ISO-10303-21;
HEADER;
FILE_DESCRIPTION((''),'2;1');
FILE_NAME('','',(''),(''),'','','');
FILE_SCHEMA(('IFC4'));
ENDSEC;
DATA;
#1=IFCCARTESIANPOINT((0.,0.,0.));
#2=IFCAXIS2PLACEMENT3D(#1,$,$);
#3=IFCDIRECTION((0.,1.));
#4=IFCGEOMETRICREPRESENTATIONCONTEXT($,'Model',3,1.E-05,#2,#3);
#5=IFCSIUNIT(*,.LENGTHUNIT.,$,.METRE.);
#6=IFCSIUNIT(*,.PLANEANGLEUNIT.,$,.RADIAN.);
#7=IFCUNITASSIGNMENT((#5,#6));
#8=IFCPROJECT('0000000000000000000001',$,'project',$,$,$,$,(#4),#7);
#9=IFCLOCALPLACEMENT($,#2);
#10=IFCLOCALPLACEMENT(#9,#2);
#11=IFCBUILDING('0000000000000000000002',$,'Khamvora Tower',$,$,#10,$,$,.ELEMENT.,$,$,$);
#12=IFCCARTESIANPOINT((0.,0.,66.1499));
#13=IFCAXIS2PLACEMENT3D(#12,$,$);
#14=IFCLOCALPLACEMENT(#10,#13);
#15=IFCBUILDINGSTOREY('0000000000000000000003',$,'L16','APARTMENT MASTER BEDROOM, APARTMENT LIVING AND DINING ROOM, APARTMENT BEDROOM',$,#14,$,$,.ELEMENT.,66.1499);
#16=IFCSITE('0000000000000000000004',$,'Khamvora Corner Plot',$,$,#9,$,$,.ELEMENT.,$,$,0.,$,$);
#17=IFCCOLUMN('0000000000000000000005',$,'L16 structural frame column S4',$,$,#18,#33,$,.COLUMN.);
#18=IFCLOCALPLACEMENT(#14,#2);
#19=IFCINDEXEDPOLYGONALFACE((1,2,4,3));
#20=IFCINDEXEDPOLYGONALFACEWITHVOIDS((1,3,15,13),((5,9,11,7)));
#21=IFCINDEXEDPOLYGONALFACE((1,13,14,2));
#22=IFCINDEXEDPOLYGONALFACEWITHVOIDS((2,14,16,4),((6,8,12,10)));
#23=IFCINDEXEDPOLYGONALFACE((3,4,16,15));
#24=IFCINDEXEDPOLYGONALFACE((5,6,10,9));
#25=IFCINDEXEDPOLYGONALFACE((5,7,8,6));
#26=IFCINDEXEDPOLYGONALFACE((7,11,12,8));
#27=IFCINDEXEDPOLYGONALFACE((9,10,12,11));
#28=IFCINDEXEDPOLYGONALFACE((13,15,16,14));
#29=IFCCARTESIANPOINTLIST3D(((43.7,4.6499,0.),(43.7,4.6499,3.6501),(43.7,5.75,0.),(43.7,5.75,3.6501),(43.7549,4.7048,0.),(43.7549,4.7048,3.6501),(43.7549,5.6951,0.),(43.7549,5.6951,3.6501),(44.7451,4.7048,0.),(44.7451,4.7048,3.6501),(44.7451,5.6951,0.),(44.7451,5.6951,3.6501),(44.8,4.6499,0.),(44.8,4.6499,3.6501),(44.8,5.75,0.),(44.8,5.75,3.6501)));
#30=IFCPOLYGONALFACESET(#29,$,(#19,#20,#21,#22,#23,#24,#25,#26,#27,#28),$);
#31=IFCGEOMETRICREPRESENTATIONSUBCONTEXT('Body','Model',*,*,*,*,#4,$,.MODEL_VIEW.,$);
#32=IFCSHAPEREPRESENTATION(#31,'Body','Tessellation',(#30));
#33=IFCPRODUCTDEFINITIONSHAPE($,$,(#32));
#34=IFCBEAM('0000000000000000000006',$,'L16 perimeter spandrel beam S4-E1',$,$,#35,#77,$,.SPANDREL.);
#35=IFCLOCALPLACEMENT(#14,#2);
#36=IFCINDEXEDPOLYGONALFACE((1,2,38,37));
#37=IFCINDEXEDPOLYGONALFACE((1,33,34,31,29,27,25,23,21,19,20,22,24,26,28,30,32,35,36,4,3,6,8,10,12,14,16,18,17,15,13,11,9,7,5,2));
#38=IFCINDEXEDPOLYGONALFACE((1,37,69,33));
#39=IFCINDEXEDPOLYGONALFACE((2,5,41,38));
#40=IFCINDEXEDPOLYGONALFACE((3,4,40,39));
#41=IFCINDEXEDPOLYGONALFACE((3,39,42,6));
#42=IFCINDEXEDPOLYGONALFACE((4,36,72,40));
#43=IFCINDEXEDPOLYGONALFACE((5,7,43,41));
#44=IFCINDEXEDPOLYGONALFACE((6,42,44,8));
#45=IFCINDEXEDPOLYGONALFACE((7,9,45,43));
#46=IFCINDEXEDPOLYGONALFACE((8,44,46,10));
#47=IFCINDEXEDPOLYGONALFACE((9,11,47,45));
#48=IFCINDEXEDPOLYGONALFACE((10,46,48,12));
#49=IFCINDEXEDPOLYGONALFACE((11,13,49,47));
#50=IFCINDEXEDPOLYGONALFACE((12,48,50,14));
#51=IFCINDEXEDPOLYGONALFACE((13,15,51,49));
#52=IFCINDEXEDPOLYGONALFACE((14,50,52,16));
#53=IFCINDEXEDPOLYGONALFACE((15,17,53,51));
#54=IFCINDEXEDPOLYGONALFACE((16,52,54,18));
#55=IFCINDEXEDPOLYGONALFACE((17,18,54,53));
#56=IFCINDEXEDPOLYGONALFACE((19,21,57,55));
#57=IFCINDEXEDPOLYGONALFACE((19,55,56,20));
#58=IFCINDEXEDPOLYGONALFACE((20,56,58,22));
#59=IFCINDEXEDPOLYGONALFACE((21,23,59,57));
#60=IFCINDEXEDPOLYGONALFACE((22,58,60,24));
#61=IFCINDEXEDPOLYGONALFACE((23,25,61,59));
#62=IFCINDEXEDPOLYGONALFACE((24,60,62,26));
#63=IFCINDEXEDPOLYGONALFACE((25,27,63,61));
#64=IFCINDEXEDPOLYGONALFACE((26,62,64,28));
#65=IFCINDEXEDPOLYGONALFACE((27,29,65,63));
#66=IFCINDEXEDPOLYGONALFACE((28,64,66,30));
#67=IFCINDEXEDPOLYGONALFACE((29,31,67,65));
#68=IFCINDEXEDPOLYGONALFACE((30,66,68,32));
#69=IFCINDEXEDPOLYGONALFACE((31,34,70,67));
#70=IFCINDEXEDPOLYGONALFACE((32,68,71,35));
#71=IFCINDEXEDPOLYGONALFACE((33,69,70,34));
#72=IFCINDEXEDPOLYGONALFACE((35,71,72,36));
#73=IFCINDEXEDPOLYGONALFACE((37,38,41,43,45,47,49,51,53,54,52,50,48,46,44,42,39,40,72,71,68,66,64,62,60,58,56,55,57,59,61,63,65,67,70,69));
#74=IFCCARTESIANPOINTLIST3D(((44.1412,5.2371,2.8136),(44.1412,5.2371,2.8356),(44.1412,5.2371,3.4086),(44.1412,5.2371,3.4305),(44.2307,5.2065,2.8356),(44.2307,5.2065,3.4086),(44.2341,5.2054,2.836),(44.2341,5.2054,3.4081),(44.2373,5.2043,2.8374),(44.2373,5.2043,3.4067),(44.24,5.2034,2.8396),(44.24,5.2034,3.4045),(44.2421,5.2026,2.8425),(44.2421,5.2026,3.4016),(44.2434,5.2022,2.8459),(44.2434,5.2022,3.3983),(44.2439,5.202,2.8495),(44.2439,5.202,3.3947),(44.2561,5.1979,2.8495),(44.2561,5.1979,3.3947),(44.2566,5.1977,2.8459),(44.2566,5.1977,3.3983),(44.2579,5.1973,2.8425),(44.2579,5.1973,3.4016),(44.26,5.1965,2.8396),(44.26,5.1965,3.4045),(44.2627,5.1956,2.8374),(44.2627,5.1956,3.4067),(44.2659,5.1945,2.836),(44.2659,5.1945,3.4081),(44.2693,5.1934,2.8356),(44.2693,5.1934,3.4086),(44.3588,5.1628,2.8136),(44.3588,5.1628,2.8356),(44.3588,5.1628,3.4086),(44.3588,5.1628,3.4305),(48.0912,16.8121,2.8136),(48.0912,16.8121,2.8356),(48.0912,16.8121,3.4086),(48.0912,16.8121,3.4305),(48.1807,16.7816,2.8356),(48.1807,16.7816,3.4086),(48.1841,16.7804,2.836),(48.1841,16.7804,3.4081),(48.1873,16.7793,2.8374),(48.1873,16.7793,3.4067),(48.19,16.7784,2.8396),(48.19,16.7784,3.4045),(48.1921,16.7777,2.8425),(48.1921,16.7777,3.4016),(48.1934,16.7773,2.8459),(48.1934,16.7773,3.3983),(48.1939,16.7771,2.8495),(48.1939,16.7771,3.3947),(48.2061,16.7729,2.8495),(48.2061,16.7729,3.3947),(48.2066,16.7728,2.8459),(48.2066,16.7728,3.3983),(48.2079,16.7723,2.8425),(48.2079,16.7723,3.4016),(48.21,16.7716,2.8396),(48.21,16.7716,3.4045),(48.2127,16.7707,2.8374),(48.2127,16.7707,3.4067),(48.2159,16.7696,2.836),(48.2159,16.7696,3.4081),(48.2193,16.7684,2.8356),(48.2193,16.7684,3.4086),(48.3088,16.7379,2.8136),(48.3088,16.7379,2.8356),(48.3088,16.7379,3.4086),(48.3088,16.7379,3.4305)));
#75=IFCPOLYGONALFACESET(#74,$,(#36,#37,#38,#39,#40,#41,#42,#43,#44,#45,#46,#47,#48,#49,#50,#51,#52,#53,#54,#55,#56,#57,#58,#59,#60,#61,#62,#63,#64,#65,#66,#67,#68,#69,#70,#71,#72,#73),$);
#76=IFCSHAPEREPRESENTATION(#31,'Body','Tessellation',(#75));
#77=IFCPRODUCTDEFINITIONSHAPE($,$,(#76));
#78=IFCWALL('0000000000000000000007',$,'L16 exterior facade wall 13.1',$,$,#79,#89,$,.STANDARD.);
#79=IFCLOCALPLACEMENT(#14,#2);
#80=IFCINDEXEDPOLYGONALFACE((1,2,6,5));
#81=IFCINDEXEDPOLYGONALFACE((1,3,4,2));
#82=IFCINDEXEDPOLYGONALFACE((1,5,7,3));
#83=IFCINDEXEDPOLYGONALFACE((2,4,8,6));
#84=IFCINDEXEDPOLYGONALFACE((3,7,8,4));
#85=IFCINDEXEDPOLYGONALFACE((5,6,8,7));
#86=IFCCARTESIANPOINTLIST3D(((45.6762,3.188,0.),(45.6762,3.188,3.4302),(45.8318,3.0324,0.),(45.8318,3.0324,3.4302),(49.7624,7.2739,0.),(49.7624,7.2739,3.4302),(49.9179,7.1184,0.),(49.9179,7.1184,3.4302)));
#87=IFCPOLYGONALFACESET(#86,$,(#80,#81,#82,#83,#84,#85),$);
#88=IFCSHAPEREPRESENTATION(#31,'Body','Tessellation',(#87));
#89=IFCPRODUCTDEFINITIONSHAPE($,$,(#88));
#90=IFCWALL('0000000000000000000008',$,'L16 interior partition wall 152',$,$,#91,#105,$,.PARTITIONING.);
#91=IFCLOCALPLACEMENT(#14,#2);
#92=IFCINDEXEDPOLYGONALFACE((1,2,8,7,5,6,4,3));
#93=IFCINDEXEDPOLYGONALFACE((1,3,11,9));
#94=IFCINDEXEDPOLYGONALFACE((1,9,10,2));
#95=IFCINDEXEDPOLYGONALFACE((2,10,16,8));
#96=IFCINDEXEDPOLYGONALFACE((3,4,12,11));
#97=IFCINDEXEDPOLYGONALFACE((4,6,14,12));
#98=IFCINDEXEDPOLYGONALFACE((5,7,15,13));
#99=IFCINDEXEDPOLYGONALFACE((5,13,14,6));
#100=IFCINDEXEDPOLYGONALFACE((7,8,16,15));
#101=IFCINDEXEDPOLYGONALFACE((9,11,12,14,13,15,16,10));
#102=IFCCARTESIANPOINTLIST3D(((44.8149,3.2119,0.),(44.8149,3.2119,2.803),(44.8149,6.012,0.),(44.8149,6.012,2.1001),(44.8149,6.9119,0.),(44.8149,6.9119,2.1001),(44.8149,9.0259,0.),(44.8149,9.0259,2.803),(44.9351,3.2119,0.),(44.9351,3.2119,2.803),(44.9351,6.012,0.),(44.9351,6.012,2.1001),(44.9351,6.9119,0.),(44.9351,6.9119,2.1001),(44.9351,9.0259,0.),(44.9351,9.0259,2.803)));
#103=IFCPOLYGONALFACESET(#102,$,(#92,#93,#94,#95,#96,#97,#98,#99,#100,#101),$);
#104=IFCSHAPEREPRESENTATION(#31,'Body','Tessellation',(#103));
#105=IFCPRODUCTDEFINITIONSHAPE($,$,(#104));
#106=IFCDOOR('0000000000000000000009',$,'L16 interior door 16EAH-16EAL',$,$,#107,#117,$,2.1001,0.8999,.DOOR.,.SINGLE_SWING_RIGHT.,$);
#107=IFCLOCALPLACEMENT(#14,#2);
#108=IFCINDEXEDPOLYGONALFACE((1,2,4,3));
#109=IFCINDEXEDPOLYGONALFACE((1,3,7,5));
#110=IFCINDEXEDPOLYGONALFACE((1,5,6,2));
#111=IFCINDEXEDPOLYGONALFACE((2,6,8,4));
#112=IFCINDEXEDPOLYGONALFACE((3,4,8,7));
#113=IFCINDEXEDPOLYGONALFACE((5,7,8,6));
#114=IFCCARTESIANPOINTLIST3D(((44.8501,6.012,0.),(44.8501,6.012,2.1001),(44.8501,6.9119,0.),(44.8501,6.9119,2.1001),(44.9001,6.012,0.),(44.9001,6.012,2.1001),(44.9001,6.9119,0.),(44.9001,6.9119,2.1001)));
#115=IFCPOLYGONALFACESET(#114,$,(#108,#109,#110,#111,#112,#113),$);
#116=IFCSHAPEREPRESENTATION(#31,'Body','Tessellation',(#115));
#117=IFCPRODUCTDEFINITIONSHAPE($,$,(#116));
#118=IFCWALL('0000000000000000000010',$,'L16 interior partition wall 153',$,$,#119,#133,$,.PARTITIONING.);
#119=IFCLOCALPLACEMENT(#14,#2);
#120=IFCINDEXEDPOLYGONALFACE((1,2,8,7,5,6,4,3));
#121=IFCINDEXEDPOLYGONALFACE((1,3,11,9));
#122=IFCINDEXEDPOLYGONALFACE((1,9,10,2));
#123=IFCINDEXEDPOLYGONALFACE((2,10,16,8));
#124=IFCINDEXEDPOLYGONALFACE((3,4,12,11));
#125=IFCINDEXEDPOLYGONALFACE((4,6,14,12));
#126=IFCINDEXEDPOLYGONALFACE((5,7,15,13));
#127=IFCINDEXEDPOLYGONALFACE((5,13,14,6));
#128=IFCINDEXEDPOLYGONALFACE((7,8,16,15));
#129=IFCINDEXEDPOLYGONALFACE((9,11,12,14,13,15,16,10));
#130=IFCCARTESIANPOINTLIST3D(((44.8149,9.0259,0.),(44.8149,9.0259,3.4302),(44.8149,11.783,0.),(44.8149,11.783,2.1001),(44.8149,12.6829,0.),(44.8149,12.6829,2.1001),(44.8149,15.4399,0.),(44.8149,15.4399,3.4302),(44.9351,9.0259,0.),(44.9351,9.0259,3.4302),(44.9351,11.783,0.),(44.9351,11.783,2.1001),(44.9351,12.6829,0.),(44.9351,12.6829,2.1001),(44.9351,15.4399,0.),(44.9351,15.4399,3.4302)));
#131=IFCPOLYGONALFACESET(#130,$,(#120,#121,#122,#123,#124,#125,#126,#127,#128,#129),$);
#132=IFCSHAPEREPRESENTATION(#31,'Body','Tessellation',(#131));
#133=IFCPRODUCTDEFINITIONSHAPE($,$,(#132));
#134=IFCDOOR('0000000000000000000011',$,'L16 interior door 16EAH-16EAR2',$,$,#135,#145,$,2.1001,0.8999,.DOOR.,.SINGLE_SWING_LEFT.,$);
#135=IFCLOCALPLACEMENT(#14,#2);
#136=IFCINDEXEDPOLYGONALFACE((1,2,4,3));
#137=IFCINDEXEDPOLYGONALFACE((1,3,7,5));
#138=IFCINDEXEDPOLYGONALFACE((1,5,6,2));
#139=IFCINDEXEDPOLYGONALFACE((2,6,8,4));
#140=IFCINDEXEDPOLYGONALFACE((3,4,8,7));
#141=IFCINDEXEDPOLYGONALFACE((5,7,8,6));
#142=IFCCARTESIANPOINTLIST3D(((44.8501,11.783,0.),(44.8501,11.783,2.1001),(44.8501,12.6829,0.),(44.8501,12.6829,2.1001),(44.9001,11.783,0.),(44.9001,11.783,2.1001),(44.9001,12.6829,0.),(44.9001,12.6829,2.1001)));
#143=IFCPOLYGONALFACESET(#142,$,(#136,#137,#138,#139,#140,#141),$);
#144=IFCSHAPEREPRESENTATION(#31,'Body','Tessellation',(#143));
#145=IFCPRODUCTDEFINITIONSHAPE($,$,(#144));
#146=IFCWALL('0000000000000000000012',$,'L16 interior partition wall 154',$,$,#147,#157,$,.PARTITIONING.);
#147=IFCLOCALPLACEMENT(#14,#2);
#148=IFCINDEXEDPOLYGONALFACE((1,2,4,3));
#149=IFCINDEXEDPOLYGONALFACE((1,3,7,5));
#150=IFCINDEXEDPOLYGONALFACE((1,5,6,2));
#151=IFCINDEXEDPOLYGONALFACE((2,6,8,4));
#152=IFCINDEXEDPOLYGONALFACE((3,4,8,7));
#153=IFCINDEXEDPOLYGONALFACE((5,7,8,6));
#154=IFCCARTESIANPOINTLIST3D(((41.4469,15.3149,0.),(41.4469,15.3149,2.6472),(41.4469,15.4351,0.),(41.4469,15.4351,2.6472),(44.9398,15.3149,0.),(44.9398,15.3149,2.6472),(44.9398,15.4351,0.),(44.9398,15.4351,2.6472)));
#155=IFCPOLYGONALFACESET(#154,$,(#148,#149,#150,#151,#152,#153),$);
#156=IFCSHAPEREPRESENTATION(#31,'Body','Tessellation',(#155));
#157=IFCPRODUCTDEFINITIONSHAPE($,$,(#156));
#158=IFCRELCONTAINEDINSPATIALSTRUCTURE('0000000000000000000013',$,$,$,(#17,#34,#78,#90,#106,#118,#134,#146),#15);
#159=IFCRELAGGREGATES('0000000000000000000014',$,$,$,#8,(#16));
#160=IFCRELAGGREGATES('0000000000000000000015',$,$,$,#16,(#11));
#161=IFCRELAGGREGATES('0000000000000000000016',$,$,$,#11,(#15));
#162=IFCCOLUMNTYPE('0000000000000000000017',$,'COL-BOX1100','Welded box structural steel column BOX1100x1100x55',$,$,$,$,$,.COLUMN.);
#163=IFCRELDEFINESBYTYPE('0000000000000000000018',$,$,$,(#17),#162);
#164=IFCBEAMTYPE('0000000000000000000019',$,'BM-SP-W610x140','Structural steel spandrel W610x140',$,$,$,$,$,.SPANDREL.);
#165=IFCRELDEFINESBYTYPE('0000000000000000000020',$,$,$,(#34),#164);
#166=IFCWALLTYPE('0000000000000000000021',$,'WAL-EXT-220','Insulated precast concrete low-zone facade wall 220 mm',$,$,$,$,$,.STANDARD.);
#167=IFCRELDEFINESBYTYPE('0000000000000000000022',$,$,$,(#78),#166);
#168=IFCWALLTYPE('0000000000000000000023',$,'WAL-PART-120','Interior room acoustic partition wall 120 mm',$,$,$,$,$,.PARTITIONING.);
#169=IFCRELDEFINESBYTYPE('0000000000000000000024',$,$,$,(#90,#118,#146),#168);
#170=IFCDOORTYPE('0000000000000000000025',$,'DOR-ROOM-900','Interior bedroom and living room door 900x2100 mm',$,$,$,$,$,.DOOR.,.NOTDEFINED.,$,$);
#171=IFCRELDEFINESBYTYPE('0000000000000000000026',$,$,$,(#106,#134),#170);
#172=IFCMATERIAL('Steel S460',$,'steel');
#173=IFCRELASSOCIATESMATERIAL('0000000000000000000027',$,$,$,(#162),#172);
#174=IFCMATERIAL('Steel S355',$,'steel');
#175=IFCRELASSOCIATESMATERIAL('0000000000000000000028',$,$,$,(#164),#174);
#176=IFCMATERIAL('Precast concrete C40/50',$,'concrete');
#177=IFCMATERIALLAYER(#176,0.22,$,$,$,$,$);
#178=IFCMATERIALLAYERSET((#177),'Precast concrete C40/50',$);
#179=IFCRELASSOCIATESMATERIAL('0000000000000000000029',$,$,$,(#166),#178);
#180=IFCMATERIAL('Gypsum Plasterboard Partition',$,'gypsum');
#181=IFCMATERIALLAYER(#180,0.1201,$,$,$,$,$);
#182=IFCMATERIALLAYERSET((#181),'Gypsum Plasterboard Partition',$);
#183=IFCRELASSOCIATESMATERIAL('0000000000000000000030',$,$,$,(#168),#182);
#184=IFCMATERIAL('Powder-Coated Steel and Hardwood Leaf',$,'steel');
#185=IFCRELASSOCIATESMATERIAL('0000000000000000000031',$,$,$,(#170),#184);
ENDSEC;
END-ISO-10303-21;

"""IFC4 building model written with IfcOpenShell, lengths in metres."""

from ifc_helpers import new_model, si_unit, direction, frame, frame_2d, origin, origin_2d, place, context, subcontext, project, spatial, rectangle, hollow_rectangle, i_section, extrude, material, layer, layer_set, material_profile, profile_set, type_object, element, fill, save


model = new_model("IFC4")

# Units and contexts
model_context = context("Model", 3, precision=1e-05, world=origin(), true_north=direction((0.0, 1.0)))
body_context = subcontext(model_context, "Body", "Model", "MODEL_VIEW")
ifc_project = project(units=[si_unit("LENGTHUNIT", "METRE"), si_unit("PLANEANGLEUNIT", "RADIAN")], contexts=[model_context])

# Site, building, storey
site_placement = place(None, origin())
site = spatial("IfcSite", under=ifc_project, at=site_placement, Name="Khamvora Corner Plot", CompositionType="ELEMENT", RefElevation=0.0)
building_placement = place(site_placement, origin())
building = spatial("IfcBuilding", under=site, at=building_placement, Name="Khamvora Tower", CompositionType="ELEMENT")
storey_placement = place(building_placement, frame((0.0, 0.0, 66.1499)))
storey = spatial("IfcBuildingStorey", under=building, at=storey_placement, Name="L16", Description="APARTMENT MASTER BEDROOM, APARTMENT LIVING AND DINING ROOM, APARTMENT BEDROOM", CompositionType="ELEMENT", Elevation=66.1499)

# Column
ifc_material_1 = material(Name="Steel S460", Category="steel")
ifc_material_profile_1 = material_profile(ifc_material_1, hollow_rectangle(XDim=1.1001, YDim=1.1001, WallThickness=0.0549, at=origin_2d()), Name="BOX1100x1100x55")
ifc_profile_set_1 = profile_set([ifc_material_profile_1], Name="Steel S460")
column_type = type_object("IfcColumnType", Name="COL-BOX1100", Description="Welded box structural steel column BOX1100x1100x55", PredefinedType="COLUMN", material=ifc_profile_set_1)
column_placement = place(storey_placement, frame((44.25, 5.2, 0.0), z_axis=(0.0, 0.0, 1.0), x_axis=(1.0, 0.0, 0.0)))
element("IfcColumn", 1, at=column_placement, inside=storey, type_object=column_type, Name="L16 structural frame column S4", PredefinedType="COLUMN", context=body_context, shape_type="SweptSolid", body=[
    extrude(hollow_rectangle(XDim=1.1001, YDim=1.1001, WallThickness=0.0549, at=origin_2d()), origin(), (0.0, 0.0, 1.0), 3.6501),
])

# Beam
ifc_material_2 = material(Name="Steel S355", Category="steel")
ifc_material_profile_2 = material_profile(ifc_material_2, i_section(OverallWidth=0.23, OverallDepth=0.6169, WebThickness=0.0129, FlangeThickness=0.022, FilletRadius=0.0139, at=origin_2d()), Name="W610x140")
ifc_profile_set_2 = profile_set([ifc_material_profile_2], Name="Steel S355")
beam_type = type_object("IfcBeamType", Name="BM-SP-W610x140", Description="Structural steel spandrel W610x140", PredefinedType="SPANDREL", material=ifc_profile_set_2)
beam_placement = place(storey_placement, frame((44.25, 5.2, 3.1221), z_axis=(0.322963, 0.946412, 0.0), x_axis=(-0.946412, 0.322963, 0.0)))
element("IfcBeam", 2, at=beam_placement, inside=storey, type_object=beam_type, Name="L16 perimeter spandrel beam S4-E1", PredefinedType="SPANDREL", context=body_context, shape_type="SweptSolid", body=[
    extrude(i_section(OverallWidth=0.23, OverallDepth=0.6169, WebThickness=0.0129, FlangeThickness=0.022, FilletRadius=0.0139, at=origin_2d()), origin(), (0.0, 0.0, 1.0), 12.2305),
])

# Wall
ifc_material_3 = material(Name="Precast concrete C40/50", Category="concrete")
ifc_layer_1 = layer(ifc_material_3, 0.22)
ifc_layer_set_1 = layer_set([ifc_layer_1], Name="Precast concrete C40/50")
wall_type_1 = type_object("IfcWallType", Name="WAL-EXT-220", Description="Insulated precast concrete low-zone facade wall 220 mm", PredefinedType="STANDARD", material=ifc_layer_set_1)
wall_1_placement = place(storey_placement, frame((49.8401, 7.196, 0.0), z_axis=(0.0, 0.0, 1.0), x_axis=(-0.707128, -0.707086, 0.0)))
element("IfcWall", 3, at=wall_1_placement, inside=storey, type_object=wall_type_1, Name="L16 exterior facade wall 13.1", PredefinedType="STANDARD", context=body_context, shape_type="SweptSolid", body=[
    extrude(rectangle(XDim=5.7786, YDim=0.22, at=frame_2d((2.8892, 0.0))), origin(), (0.0, 0.0, 1.0), 3.4302),
])

# Walls, openings, doors
ifc_material_4 = material(Name="Gypsum Plasterboard Partition", Category="gypsum")
ifc_layer_2 = layer(ifc_material_4, 0.1201)
ifc_layer_set_2 = layer_set([ifc_layer_2], Name="Gypsum Plasterboard Partition")
wall_type_2 = type_object("IfcWallType", Name="WAL-PART-120", Description="Interior room acoustic partition wall 120 mm", PredefinedType="PARTITIONING", material=ifc_layer_set_2)
wall_2_placement = place(storey_placement, frame((44.875, 3.2119, 0.0), z_axis=(0.0, 0.0, 1.0), x_axis=(0.0, 1.0, 0.0)))
wall_2 = element("IfcWall", 4, at=wall_2_placement, inside=storey, type_object=wall_type_2, Name="L16 interior partition wall 152", PredefinedType="PARTITIONING", context=body_context, shape_type="SweptSolid", body=[
    extrude(rectangle(XDim=5.814, YDim=0.1201, at=frame_2d((2.907, 0.0))), origin(), (0.0, 0.0, 1.0), 2.803),
])
opening_1_placement = place(wall_2_placement, frame((2.8, 0.0, 0.0)))
opening_1 = element("IfcOpeningElement", 5, at=opening_1_placement, cuts=wall_2, PredefinedType="OPENING", context=body_context, shape_type="SweptSolid", body=[
    extrude(rectangle(XDim=0.8999, YDim=2.1001, at=frame_2d((0.45, 1.05))), frame((0.0, 0.0701, 0.0), z_axis=(0.0, -1.0, 0.0), x_axis=(1.0, 0.0, 0.0)), (0.0, 0.0, 1.0), 0.1401),
])
ifc_material_5 = material(Name="Powder-Coated Steel and Hardwood Leaf", Category="steel")
door_type = type_object("IfcDoorType", Name="DOR-ROOM-900", Description="Interior bedroom and living room door 900x2100 mm", OperationType="NOTDEFINED", PredefinedType="DOOR", material=ifc_material_5)
door_1_placement = place(opening_1_placement, origin())
door_1 = element("IfcDoor", 6, at=door_1_placement, inside=storey, type_object=door_type, Name="L16 interior door 16EAH-16EAL", OperationType="SINGLE_SWING_RIGHT", OverallHeight=2.1001, OverallWidth=0.8999, PredefinedType="DOOR", context=body_context, shape_type="SweptSolid", body=[
    extrude(rectangle(XDim=0.8999, YDim=2.1001, at=frame_2d((0.45, 1.05))), frame((0.0, 0.0249, 0.0), z_axis=(0.0, -1.0, 0.0), x_axis=(1.0, 0.0, 0.0)), (0.0, 0.0, 1.0), 0.05),
])
fill(opening_1, door_1)
wall_3_placement = place(storey_placement, frame((44.875, 9.0259, 0.0), z_axis=(0.0, 0.0, 1.0), x_axis=(0.0, 1.0, 0.0)))
wall_3 = element("IfcWall", 7, at=wall_3_placement, inside=storey, type_object=wall_type_2, Name="L16 interior partition wall 153", PredefinedType="PARTITIONING", context=body_context, shape_type="SweptSolid", body=[
    extrude(rectangle(XDim=6.4141, YDim=0.1201, at=frame_2d((3.207, 0.0))), origin(), (0.0, 0.0, 1.0), 3.4302),
])
opening_2_placement = place(wall_3_placement, frame((2.7571, 0.0, 0.0)))
opening_2 = element("IfcOpeningElement", 8, at=opening_2_placement, cuts=wall_3, PredefinedType="OPENING", context=body_context, shape_type="SweptSolid", body=[
    extrude(rectangle(XDim=0.8999, YDim=2.1001, at=frame_2d((0.45, 1.05))), frame((0.0, 0.0701, 0.0), z_axis=(0.0, -1.0, 0.0), x_axis=(1.0, 0.0, 0.0)), (0.0, 0.0, 1.0), 0.1401),
])
door_2_placement = place(opening_2_placement, origin())
door_2 = element("IfcDoor", 9, at=door_2_placement, inside=storey, type_object=door_type, Name="L16 interior door 16EAH-16EAR2", OperationType="SINGLE_SWING_LEFT", OverallHeight=2.1001, OverallWidth=0.8999, PredefinedType="DOOR", context=body_context, shape_type="SweptSolid", body=[
    extrude(rectangle(XDim=0.8999, YDim=2.1001, at=frame_2d((0.45, 1.05))), frame((0.0, 0.0249, 0.0), z_axis=(0.0, -1.0, 0.0), x_axis=(1.0, 0.0, 0.0)), (0.0, 0.0, 1.0), 0.05),
])
fill(opening_2, door_2)

# Wall
wall_4_placement = place(storey_placement, frame((44.9399, 15.375, 0.0), z_axis=(0.0, 0.0, 1.0), x_axis=(-1.0, 0.0, 0.0)))
element("IfcWall", 10, at=wall_4_placement, inside=storey, type_object=wall_type_2, Name="L16 interior partition wall 154", PredefinedType="PARTITIONING", context=body_context, shape_type="SweptSolid", body=[
    extrude(rectangle(XDim=3.4929, YDim=0.1201, at=frame_2d((1.7466, 0.0))), origin(), (0.0, 0.0, 1.0), 2.6472),
])

save(model, "model.ifc")
